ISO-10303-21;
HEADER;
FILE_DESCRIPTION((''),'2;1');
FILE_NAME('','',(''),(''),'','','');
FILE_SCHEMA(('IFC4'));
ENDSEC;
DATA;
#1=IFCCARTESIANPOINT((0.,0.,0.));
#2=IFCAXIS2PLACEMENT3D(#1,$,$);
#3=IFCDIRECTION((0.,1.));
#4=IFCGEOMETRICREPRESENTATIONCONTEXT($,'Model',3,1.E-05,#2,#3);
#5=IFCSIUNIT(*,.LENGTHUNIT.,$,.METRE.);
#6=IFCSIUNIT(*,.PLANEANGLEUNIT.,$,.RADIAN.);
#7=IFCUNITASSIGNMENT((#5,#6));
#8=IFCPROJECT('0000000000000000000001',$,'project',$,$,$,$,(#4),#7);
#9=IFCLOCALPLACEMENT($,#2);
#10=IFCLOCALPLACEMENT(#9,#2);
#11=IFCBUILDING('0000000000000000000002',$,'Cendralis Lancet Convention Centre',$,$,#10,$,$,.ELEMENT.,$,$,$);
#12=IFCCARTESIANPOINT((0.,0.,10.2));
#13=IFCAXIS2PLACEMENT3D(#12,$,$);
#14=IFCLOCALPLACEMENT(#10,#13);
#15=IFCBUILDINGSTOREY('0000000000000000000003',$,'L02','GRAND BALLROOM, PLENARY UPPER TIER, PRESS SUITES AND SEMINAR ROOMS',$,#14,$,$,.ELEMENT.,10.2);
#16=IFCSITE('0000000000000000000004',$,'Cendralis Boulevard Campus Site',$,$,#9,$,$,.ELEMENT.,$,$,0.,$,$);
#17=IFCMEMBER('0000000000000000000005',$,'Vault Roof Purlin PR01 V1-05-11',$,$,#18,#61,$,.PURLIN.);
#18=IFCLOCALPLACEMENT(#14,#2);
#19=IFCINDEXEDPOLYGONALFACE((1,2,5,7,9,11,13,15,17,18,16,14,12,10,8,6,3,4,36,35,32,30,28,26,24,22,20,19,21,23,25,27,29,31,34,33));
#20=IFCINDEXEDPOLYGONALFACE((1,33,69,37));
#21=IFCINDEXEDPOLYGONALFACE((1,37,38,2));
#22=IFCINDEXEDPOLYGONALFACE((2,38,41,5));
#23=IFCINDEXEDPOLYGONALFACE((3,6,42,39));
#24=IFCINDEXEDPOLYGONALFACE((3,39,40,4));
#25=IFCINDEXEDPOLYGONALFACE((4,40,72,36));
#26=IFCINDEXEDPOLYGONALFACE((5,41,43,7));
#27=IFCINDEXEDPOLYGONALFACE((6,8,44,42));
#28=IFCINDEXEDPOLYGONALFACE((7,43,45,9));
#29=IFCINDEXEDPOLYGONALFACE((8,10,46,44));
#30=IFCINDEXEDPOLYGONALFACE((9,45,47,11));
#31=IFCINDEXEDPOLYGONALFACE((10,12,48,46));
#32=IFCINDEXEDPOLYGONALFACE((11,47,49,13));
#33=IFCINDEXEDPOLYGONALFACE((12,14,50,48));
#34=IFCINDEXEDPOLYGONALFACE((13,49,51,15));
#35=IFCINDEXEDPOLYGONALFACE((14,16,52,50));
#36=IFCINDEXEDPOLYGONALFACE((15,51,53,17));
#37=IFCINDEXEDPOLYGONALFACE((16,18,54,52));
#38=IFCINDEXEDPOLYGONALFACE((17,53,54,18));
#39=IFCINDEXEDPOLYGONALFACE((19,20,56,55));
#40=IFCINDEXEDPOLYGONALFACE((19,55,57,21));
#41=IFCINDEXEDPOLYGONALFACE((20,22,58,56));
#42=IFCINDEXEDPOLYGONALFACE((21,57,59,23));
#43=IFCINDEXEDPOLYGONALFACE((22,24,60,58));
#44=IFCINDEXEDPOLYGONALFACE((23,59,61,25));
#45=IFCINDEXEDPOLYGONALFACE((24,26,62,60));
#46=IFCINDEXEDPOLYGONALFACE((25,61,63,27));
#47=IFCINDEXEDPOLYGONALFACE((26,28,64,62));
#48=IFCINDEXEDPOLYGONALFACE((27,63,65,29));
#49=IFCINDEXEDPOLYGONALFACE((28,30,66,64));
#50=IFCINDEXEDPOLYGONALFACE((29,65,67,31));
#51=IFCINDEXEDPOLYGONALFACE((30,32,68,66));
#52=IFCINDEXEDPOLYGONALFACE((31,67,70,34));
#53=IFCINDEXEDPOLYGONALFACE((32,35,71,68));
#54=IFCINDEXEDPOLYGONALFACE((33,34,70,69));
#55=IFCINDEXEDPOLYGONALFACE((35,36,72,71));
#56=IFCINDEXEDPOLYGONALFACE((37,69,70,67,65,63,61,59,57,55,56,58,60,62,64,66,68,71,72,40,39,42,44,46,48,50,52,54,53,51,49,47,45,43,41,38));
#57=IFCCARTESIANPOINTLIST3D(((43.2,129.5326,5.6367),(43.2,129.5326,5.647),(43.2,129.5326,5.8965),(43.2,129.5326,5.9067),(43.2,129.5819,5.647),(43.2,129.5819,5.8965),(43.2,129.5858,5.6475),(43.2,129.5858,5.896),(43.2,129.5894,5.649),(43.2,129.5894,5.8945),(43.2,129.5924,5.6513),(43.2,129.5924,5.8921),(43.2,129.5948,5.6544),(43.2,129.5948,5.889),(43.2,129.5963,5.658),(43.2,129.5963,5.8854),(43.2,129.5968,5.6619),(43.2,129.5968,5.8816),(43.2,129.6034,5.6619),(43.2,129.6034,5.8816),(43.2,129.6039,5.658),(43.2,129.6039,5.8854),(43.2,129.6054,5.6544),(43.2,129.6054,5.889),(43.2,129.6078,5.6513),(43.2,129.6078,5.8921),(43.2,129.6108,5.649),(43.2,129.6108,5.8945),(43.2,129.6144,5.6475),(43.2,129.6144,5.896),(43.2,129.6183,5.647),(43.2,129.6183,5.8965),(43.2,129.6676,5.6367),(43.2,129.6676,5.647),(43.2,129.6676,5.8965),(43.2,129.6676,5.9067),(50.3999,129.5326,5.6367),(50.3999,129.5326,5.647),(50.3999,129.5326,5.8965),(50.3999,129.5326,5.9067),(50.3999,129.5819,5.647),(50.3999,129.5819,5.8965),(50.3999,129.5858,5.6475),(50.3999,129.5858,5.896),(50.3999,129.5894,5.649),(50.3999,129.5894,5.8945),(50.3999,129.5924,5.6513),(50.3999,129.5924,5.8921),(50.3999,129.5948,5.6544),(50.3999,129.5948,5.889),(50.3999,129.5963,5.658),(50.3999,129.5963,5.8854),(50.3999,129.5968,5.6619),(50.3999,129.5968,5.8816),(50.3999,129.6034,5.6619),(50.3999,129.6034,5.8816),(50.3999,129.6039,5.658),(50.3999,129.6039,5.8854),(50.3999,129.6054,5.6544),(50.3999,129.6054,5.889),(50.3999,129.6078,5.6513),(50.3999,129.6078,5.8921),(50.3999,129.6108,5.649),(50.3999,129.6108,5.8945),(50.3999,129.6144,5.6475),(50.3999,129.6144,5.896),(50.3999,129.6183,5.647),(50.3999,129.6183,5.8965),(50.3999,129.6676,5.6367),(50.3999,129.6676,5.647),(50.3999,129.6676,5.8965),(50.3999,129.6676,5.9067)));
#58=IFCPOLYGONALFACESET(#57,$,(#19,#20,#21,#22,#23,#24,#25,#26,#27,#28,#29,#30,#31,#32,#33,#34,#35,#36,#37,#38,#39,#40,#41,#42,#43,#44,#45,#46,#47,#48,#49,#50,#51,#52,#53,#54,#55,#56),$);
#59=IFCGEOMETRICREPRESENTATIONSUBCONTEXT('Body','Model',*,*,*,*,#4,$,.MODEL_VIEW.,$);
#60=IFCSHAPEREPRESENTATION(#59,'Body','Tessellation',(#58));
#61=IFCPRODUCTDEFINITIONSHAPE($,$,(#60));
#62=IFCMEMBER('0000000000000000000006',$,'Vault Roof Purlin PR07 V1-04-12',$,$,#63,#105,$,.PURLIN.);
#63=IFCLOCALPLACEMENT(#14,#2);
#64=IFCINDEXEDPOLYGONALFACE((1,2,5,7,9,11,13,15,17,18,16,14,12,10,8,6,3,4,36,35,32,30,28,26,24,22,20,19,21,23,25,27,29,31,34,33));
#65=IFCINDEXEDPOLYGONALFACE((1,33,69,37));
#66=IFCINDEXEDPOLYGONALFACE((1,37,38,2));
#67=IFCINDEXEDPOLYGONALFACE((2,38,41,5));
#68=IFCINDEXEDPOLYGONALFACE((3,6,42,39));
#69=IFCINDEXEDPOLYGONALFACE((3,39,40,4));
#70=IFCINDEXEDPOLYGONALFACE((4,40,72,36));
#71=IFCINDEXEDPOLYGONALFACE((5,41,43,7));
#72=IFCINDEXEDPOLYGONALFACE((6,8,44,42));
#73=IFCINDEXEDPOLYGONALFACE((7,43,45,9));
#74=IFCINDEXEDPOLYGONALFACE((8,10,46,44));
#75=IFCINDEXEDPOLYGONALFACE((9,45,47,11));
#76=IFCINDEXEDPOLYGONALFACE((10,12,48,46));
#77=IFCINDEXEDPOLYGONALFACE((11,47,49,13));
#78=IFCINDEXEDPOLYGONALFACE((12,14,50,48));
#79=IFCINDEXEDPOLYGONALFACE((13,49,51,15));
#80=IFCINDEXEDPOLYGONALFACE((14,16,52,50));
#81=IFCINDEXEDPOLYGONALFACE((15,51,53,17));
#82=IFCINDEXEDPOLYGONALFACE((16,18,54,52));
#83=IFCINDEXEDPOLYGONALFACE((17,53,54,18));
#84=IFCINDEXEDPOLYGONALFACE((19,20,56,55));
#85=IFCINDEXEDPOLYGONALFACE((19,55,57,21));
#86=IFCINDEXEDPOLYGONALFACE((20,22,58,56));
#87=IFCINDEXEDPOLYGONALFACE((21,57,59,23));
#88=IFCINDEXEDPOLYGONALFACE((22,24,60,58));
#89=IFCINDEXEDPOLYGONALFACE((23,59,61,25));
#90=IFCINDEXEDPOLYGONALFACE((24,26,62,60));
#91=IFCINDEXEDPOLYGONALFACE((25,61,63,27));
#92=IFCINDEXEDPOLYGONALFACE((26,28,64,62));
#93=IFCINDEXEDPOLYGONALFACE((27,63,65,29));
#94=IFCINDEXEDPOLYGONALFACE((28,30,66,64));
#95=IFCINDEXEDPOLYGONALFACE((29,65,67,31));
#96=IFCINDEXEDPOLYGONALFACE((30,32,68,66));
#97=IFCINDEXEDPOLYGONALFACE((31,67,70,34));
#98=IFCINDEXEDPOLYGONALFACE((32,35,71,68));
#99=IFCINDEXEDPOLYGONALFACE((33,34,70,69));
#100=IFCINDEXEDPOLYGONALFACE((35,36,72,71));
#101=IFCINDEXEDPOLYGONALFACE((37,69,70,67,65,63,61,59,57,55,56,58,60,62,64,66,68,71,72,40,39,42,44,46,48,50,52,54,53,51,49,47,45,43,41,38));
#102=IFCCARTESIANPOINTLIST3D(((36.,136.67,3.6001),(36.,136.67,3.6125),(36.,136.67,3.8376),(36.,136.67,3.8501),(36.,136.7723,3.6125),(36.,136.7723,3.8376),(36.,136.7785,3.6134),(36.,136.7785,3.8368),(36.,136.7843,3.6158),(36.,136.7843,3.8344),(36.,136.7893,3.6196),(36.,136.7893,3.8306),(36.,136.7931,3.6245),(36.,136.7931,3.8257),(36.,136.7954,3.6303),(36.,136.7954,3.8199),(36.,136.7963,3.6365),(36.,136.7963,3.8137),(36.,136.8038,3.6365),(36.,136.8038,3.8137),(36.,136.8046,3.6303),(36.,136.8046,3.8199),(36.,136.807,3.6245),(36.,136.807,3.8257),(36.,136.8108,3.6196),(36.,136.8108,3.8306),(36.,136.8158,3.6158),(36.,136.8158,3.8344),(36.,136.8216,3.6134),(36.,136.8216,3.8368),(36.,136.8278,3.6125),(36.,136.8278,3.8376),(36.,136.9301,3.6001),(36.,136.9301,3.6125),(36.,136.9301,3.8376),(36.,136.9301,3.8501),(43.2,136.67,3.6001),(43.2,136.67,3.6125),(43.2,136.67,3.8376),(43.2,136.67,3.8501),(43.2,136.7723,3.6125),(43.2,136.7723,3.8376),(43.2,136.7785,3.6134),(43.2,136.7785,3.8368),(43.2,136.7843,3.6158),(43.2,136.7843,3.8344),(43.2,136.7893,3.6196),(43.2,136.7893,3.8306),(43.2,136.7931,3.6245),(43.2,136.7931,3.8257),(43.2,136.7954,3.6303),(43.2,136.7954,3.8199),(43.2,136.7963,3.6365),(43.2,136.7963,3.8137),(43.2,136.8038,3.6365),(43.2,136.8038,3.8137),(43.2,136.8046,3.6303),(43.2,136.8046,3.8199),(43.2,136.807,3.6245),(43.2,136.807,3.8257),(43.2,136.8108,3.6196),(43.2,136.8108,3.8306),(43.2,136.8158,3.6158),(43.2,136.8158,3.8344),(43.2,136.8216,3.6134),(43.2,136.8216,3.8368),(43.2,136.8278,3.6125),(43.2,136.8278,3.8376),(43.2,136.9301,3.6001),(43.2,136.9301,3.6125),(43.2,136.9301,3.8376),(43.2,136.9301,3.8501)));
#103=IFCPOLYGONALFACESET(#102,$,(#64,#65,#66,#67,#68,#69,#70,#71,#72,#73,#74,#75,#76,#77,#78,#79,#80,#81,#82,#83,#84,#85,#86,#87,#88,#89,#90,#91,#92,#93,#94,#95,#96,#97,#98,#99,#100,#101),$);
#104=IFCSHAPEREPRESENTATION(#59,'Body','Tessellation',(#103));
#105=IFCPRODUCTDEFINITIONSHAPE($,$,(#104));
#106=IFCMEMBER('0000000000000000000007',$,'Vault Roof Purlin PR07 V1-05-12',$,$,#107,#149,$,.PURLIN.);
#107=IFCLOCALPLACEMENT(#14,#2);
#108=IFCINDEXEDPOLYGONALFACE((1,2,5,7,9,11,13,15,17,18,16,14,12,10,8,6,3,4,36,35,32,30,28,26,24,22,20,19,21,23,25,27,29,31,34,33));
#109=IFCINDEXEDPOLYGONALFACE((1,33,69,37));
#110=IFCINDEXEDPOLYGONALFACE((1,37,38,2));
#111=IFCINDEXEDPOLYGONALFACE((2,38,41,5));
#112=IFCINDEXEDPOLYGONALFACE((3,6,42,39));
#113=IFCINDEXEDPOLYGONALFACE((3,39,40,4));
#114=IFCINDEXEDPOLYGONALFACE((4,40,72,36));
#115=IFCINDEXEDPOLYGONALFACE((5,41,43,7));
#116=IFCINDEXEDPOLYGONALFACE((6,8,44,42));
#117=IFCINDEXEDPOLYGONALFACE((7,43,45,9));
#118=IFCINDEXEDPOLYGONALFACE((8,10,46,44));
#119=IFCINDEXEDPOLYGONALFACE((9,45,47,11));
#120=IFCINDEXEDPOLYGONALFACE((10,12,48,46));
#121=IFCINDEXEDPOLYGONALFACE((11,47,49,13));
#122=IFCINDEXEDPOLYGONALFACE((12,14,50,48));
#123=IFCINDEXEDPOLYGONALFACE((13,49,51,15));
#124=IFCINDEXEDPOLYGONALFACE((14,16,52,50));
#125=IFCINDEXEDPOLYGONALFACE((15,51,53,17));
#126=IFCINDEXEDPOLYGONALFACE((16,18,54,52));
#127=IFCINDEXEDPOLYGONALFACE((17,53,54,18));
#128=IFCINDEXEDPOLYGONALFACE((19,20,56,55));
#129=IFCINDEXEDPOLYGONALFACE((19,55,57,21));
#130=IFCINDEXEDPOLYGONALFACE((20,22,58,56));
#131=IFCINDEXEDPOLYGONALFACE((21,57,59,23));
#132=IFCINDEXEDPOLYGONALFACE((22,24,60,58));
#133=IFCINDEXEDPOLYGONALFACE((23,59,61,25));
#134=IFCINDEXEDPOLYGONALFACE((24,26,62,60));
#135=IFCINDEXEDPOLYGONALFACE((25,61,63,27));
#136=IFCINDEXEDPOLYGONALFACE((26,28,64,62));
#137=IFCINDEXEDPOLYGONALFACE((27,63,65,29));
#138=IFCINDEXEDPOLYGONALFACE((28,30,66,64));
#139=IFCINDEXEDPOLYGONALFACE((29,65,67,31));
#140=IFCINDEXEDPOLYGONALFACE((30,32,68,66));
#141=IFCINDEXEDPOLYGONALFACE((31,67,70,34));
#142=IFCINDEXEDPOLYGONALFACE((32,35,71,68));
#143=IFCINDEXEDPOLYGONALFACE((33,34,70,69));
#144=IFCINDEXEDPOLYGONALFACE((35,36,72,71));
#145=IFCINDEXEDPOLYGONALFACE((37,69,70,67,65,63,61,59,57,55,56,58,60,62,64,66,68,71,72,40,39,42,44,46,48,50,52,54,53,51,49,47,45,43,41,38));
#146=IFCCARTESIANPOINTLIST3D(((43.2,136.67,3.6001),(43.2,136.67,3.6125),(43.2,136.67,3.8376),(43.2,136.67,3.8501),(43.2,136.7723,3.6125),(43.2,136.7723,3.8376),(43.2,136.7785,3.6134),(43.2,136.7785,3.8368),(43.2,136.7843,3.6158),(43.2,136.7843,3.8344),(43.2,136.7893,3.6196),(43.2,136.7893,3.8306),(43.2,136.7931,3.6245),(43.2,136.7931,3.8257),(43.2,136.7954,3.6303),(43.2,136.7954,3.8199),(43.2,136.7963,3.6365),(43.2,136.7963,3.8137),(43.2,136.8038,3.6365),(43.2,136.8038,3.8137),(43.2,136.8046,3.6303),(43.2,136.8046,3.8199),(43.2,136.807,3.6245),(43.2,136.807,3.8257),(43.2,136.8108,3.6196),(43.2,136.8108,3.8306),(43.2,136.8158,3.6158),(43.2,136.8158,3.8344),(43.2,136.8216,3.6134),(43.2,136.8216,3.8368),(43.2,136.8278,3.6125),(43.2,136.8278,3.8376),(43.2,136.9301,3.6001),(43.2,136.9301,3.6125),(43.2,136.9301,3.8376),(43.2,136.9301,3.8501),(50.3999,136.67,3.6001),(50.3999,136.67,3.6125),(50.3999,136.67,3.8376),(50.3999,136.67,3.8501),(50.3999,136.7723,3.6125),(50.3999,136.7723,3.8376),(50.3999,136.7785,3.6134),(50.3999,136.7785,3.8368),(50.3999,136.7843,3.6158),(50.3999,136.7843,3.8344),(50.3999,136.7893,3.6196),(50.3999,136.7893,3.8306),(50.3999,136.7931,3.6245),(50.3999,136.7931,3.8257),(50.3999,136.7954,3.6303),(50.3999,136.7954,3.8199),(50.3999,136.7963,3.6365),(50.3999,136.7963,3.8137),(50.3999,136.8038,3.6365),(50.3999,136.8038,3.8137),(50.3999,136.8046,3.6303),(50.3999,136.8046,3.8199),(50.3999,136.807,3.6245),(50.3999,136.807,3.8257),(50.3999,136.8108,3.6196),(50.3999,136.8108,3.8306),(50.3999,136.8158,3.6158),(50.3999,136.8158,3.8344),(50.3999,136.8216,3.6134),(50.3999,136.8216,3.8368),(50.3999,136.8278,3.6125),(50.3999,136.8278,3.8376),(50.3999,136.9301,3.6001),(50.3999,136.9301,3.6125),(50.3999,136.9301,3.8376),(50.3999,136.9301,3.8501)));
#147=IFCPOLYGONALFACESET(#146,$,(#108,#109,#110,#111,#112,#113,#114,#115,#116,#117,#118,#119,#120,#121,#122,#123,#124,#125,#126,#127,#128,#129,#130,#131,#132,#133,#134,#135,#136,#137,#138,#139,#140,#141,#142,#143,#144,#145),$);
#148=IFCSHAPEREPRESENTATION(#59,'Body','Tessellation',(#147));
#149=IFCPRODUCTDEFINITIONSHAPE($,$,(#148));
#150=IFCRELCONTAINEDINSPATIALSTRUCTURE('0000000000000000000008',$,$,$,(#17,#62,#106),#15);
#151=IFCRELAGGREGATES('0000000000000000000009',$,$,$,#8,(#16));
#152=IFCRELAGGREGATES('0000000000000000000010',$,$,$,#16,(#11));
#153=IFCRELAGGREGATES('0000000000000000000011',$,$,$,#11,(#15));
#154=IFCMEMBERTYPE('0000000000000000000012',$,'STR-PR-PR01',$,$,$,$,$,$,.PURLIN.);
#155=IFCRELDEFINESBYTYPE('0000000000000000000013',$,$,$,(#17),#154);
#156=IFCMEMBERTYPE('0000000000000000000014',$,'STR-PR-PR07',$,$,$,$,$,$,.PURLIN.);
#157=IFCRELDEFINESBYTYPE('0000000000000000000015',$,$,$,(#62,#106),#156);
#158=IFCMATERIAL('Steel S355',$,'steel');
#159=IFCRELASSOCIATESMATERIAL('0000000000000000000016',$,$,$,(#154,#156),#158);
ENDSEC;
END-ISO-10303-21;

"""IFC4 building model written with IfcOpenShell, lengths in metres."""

from ifc_helpers import new_model, si_unit, direction, frame, origin, origin_2d, place, context, subcontext, project, spatial, i_section, extrude, material, material_profile, profile_set, type_object, element, save


model = new_model("IFC4")

# Units and contexts
model_context = context("Model", 3, precision=1e-05, world=origin(), true_north=direction((0.0, 1.0)))
body_context = subcontext(model_context, "Body", "Model", "MODEL_VIEW")
ifc_project = project(units=[si_unit("LENGTHUNIT", "METRE"), si_unit("PLANEANGLEUNIT", "RADIAN")], contexts=[model_context])

# Site, building, storey
site_placement = place(None, origin())
site = spatial("IfcSite", under=ifc_project, at=site_placement, Name="Cendralis Boulevard Campus Site", CompositionType="ELEMENT", RefElevation=0.0)
building_placement = place(site_placement, origin())
building = spatial("IfcBuilding", under=site, at=building_placement, Name="Cendralis Lancet Convention Centre", CompositionType="ELEMENT")
storey_placement = place(building_placement, frame((0.0, 0.0, 10.2)))
storey = spatial("IfcBuildingStorey", under=building, at=storey_placement, Name="L02", Description="GRAND BALLROOM, PLENARY UPPER TIER, PRESS SUITES AND SEMINAR ROOMS", CompositionType="ELEMENT", Elevation=10.2)

# Members
ifc_material_1 = material(Name="Steel S355", Category="steel")
ifc_material_profile_1 = material_profile(ifc_material_1, i_section(OverallWidth=0.135, OverallDepth=0.27, WebThickness=0.0066, FlangeThickness=0.0103, FilletRadius=0.0149, at=origin_2d()), Name="IPE 270")
ifc_profile_set_1 = profile_set([ifc_material_profile_1], Name="Steel S355")
member_type_1 = type_object("IfcMemberType", Name="STR-PR-PR01", PredefinedType="PURLIN", material=ifc_profile_set_1)
for number, where, z_axis, x_axis, name in (
    (1, (43.2, 129.6001, 5.7717), (1.0, 0.0, 0.0), (0.0, 1.0, 0.0), "Vault Roof Purlin PR01 V1-05-11"),
):
    element("IfcMember", number, at=place(storey_placement, frame(where, z_axis=z_axis, x_axis=x_axis)), inside=storey, type_object=member_type_1, Name=name, PredefinedType="PURLIN", context=body_context, shape_type="SweptSolid", body=[
        extrude(i_section(OverallWidth=0.135, OverallDepth=0.27, WebThickness=0.0066, FlangeThickness=0.0103, FilletRadius=0.0149, at=origin_2d()), origin(), (0.0, 0.0, 1.0), 7.2),
    ])
ifc_material_profile_2 = material_profile(ifc_material_1, i_section(OverallWidth=0.26, OverallDepth=0.25, WebThickness=0.0076, FlangeThickness=0.0125, FilletRadius=0.0239, at=origin_2d()), Name="HEA 260")
ifc_profile_set_2 = profile_set([ifc_material_profile_2], Name="Steel S355")
member_type_2 = type_object("IfcMemberType", Name="STR-PR-PR07", PredefinedType="PURLIN", material=ifc_profile_set_2)
for number, where, z_axis, x_axis, name in (
    (2, (36.0, 136.8, 3.7251), (1.0, 0.0, 0.0), (0.0, 1.0, 0.0), "Vault Roof Purlin PR07 V1-04-12"),
    (3, (43.2, 136.8, 3.7251), (1.0, 0.0, 0.0), (0.0, 1.0, 0.0), "Vault Roof Purlin PR07 V1-05-12"),
):
    element("IfcMember", number, at=place(storey_placement, frame(where, z_axis=z_axis, x_axis=x_axis)), inside=storey, type_object=member_type_2, Name=name, PredefinedType="PURLIN", context=body_context, shape_type="SweptSolid", body=[
        extrude(i_section(OverallWidth=0.26, OverallDepth=0.25, WebThickness=0.0076, FlangeThickness=0.0125, FilletRadius=0.0239, at=origin_2d()), origin(), (0.0, 0.0, 1.0), 7.2),
    ])

save(model, "model.ifc")
